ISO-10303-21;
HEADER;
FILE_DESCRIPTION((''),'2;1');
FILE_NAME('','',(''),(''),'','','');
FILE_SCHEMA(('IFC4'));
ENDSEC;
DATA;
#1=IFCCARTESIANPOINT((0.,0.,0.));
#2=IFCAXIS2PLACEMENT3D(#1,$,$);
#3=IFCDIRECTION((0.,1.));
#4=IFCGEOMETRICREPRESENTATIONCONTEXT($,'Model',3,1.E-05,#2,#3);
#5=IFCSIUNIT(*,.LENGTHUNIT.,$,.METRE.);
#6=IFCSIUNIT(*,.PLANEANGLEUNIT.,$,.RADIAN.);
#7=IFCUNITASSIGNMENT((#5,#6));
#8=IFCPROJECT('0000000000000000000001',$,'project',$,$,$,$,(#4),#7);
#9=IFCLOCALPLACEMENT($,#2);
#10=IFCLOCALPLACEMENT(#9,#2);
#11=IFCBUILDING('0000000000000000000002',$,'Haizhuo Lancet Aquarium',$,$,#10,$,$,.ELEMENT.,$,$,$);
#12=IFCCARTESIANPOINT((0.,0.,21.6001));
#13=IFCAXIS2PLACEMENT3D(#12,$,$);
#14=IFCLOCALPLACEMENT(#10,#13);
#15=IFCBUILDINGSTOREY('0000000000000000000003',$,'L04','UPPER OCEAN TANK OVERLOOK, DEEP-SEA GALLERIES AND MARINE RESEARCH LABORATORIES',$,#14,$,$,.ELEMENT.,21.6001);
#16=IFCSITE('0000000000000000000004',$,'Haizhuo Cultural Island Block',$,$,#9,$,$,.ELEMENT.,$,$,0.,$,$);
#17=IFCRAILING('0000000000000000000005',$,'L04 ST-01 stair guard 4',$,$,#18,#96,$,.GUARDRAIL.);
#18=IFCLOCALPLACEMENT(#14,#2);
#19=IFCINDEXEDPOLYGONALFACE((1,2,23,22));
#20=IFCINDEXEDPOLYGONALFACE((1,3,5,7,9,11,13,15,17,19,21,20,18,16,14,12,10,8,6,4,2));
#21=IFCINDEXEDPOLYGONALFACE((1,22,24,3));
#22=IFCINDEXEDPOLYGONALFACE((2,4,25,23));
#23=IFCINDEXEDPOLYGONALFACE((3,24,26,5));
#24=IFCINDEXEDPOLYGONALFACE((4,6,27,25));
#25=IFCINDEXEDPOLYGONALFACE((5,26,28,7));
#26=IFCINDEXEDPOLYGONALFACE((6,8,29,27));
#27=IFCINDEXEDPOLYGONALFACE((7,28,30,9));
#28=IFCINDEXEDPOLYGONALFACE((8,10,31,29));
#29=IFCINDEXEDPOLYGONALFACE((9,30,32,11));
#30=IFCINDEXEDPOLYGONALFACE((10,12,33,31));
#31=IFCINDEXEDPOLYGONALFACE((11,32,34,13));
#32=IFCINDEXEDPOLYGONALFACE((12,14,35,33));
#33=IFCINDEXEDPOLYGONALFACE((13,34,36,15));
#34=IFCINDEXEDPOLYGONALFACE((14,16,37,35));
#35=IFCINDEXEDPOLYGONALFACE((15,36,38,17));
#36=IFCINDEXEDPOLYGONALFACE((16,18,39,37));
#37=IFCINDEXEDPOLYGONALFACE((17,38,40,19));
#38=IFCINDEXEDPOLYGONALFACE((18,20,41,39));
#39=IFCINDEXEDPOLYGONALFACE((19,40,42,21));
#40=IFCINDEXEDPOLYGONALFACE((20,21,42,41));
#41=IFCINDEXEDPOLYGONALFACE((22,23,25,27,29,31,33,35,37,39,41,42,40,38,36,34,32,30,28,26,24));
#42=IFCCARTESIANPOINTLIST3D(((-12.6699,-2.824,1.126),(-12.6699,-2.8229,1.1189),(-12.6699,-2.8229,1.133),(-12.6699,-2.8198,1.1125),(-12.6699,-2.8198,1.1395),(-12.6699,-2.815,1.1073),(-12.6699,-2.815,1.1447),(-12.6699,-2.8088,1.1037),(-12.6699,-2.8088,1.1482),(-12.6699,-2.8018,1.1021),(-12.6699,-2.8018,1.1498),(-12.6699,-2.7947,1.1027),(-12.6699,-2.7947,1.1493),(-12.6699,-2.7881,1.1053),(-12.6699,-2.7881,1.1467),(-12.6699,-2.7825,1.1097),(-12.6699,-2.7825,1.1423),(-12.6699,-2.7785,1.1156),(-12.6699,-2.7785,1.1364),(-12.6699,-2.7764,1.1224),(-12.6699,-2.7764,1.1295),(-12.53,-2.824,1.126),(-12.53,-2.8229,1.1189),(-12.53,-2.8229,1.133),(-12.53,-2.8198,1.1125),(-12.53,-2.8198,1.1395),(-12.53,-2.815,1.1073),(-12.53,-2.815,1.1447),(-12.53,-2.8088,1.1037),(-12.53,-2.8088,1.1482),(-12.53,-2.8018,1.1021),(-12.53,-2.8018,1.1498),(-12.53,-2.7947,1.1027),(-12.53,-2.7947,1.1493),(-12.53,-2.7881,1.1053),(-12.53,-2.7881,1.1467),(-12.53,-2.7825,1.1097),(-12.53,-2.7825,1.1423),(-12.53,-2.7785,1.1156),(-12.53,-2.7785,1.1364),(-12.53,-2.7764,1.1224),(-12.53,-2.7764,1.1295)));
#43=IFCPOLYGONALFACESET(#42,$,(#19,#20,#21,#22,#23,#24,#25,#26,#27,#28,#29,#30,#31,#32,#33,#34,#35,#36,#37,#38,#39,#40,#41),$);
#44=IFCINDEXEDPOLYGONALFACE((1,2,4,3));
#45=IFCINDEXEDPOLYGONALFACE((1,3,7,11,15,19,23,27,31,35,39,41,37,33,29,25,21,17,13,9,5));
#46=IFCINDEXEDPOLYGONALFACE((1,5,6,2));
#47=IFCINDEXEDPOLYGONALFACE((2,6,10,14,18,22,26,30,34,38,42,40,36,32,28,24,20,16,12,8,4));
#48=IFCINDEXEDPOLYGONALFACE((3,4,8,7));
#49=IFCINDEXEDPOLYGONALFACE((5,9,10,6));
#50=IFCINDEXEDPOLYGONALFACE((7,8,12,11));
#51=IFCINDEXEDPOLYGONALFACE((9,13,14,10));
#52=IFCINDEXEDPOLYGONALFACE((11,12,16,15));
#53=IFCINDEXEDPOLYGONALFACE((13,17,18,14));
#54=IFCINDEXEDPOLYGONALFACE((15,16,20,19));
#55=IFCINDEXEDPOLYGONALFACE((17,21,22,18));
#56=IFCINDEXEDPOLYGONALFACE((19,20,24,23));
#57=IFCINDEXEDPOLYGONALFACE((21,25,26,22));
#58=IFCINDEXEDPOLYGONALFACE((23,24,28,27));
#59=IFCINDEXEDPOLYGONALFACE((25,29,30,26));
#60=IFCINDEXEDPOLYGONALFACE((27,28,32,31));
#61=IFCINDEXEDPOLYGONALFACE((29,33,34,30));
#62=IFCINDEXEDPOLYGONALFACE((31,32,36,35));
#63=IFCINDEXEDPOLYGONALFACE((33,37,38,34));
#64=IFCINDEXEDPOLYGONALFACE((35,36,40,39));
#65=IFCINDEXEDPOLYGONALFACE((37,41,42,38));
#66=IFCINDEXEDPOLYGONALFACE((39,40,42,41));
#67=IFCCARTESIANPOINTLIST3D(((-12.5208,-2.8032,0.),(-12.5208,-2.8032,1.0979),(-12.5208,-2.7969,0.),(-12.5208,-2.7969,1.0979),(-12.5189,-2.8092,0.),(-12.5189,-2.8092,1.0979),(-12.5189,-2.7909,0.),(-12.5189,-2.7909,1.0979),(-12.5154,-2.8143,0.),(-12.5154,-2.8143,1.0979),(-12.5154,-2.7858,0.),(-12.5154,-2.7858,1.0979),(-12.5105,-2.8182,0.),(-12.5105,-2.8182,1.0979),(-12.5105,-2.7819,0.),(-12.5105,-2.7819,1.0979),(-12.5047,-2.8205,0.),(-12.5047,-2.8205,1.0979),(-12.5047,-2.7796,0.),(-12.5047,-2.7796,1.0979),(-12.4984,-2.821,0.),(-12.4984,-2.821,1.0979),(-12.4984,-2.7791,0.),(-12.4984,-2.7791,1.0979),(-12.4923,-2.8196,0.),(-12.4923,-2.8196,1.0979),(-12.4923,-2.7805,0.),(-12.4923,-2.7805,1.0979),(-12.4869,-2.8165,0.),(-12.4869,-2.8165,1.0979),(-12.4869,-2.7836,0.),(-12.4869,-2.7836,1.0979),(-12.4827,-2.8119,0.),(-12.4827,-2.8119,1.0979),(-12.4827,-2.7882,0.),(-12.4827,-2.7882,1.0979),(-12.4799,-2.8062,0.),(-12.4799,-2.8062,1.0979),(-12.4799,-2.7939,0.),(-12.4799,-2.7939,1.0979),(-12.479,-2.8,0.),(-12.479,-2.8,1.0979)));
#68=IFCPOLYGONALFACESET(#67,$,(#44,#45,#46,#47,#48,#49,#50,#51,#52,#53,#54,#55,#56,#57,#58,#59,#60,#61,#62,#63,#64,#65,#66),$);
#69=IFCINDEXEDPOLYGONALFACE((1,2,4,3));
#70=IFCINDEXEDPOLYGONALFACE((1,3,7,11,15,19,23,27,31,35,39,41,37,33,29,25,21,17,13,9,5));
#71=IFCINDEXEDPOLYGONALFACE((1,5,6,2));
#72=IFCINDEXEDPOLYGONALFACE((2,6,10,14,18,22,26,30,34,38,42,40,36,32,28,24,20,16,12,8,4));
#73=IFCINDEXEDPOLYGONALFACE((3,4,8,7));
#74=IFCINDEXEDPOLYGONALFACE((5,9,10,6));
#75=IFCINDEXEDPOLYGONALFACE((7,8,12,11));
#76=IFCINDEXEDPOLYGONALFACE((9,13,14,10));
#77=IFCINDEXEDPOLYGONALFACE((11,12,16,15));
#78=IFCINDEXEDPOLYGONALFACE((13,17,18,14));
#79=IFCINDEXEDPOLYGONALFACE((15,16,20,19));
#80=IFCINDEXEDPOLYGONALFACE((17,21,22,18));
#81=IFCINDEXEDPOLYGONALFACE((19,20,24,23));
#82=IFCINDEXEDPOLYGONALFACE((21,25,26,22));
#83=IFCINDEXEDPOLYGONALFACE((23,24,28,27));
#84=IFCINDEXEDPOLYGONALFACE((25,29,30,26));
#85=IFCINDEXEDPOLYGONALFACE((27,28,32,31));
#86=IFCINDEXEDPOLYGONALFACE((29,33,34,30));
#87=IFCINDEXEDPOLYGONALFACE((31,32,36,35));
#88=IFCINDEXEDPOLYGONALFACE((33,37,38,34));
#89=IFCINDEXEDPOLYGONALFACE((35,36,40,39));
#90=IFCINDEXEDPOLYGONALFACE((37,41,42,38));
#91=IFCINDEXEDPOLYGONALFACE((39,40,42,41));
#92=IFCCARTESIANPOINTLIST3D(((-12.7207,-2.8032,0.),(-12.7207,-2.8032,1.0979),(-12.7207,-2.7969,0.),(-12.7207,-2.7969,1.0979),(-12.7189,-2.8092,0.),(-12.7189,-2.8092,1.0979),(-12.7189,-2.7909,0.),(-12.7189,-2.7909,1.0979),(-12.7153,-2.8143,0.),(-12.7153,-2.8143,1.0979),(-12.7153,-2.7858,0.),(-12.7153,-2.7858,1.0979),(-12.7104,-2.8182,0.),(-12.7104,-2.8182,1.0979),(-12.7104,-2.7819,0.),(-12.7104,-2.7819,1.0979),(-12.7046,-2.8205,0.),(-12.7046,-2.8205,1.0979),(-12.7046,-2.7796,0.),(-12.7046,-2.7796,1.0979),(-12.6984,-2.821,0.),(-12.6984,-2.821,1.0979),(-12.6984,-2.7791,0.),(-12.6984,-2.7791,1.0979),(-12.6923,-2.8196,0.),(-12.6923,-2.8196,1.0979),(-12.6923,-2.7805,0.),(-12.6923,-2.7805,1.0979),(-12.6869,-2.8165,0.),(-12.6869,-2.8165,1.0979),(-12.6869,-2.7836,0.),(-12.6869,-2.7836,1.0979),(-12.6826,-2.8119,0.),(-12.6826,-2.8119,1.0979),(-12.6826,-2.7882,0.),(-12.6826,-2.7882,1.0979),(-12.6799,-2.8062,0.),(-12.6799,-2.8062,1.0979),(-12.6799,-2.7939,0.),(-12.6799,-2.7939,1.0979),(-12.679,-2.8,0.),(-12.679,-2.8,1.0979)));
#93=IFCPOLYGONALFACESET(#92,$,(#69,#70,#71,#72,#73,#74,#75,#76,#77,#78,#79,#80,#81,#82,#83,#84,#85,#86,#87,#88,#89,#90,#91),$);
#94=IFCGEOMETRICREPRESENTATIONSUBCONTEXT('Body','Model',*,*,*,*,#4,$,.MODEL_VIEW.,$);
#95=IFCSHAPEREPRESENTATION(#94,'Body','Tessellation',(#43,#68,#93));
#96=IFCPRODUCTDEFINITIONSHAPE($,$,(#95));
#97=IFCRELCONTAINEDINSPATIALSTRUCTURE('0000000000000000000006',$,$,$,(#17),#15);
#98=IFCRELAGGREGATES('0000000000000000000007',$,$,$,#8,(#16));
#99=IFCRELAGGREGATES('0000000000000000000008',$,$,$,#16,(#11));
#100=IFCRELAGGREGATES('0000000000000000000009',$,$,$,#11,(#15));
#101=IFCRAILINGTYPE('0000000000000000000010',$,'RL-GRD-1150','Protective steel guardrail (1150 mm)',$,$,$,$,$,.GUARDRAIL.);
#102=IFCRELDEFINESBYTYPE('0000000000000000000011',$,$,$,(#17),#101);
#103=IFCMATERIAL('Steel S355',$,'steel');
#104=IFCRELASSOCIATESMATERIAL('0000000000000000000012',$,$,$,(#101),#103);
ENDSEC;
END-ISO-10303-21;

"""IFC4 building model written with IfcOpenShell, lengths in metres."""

from ifc_helpers import new_model, si_unit, direction, frame, origin, origin_2d, place, context, subcontext, project, spatial, circle, extrude, material, type_object, element, save


model = new_model("IFC4")

# Units and contexts
model_context = context("Model", 3, precision=1e-05, world=origin(), true_north=direction((0.0, 1.0)))
body_context = subcontext(model_context, "Body", "Model", "MODEL_VIEW")
ifc_project = project(units=[si_unit("LENGTHUNIT", "METRE"), si_unit("PLANEANGLEUNIT", "RADIAN")], contexts=[model_context])

# Site, building, storey
site_placement = place(None, origin())
site = spatial("IfcSite", under=ifc_project, at=site_placement, Name="Haizhuo Cultural Island Block", CompositionType="ELEMENT", RefElevation=0.0)
building_placement = place(site_placement, origin())
building = spatial("IfcBuilding", under=site, at=building_placement, Name="Haizhuo Lancet Aquarium", CompositionType="ELEMENT")
storey_placement = place(building_placement, frame((0.0, 0.0, 21.6001)))
storey = spatial("IfcBuildingStorey", under=building, at=storey_placement, Name="L04", Description="UPPER OCEAN TANK OVERLOOK, DEEP-SEA GALLERIES AND MARINE RESEARCH LABORATORIES", CompositionType="ELEMENT", Elevation=21.6001)

# Shared definitions
ifc_material_1 = material(Name="Steel S355", Category="steel")

# Railing
railing_type_1 = type_object("IfcRailingType", Name="RL-GRD-1150", Description="Protective steel guardrail (1150 mm)", PredefinedType="GUARDRAIL", material=ifc_material_1)
railing_1_placement = place(storey_placement, frame((-12.5, -2.8, 0.0)))
element("IfcRailing", 1, at=railing_1_placement, inside=storey, type_object=railing_type_1, Name="L04 ST-01 stair guard 4", PredefinedType="GUARDRAIL", context=body_context, shape_type="SweptSolid", body=[
    extrude(circle(Radius=0.0239, at=origin_2d()), frame((-0.03, 0.0, 1.126), z_axis=(-1.0, 0.0, 0.0), x_axis=(0.0, -1.0, 0.0)), (0.0, 0.0, 1.0), 0.1399),
    extrude(circle(Radius=0.021, at=origin_2d()), origin(), (0.0, 0.0, 1.0), 1.0979),
    extrude(circle(Radius=0.021, at=origin_2d()), frame((-0.2, 0.0, 0.0)), (0.0, 0.0, 1.0), 1.0979),
])

save(model, "model.ifc")
